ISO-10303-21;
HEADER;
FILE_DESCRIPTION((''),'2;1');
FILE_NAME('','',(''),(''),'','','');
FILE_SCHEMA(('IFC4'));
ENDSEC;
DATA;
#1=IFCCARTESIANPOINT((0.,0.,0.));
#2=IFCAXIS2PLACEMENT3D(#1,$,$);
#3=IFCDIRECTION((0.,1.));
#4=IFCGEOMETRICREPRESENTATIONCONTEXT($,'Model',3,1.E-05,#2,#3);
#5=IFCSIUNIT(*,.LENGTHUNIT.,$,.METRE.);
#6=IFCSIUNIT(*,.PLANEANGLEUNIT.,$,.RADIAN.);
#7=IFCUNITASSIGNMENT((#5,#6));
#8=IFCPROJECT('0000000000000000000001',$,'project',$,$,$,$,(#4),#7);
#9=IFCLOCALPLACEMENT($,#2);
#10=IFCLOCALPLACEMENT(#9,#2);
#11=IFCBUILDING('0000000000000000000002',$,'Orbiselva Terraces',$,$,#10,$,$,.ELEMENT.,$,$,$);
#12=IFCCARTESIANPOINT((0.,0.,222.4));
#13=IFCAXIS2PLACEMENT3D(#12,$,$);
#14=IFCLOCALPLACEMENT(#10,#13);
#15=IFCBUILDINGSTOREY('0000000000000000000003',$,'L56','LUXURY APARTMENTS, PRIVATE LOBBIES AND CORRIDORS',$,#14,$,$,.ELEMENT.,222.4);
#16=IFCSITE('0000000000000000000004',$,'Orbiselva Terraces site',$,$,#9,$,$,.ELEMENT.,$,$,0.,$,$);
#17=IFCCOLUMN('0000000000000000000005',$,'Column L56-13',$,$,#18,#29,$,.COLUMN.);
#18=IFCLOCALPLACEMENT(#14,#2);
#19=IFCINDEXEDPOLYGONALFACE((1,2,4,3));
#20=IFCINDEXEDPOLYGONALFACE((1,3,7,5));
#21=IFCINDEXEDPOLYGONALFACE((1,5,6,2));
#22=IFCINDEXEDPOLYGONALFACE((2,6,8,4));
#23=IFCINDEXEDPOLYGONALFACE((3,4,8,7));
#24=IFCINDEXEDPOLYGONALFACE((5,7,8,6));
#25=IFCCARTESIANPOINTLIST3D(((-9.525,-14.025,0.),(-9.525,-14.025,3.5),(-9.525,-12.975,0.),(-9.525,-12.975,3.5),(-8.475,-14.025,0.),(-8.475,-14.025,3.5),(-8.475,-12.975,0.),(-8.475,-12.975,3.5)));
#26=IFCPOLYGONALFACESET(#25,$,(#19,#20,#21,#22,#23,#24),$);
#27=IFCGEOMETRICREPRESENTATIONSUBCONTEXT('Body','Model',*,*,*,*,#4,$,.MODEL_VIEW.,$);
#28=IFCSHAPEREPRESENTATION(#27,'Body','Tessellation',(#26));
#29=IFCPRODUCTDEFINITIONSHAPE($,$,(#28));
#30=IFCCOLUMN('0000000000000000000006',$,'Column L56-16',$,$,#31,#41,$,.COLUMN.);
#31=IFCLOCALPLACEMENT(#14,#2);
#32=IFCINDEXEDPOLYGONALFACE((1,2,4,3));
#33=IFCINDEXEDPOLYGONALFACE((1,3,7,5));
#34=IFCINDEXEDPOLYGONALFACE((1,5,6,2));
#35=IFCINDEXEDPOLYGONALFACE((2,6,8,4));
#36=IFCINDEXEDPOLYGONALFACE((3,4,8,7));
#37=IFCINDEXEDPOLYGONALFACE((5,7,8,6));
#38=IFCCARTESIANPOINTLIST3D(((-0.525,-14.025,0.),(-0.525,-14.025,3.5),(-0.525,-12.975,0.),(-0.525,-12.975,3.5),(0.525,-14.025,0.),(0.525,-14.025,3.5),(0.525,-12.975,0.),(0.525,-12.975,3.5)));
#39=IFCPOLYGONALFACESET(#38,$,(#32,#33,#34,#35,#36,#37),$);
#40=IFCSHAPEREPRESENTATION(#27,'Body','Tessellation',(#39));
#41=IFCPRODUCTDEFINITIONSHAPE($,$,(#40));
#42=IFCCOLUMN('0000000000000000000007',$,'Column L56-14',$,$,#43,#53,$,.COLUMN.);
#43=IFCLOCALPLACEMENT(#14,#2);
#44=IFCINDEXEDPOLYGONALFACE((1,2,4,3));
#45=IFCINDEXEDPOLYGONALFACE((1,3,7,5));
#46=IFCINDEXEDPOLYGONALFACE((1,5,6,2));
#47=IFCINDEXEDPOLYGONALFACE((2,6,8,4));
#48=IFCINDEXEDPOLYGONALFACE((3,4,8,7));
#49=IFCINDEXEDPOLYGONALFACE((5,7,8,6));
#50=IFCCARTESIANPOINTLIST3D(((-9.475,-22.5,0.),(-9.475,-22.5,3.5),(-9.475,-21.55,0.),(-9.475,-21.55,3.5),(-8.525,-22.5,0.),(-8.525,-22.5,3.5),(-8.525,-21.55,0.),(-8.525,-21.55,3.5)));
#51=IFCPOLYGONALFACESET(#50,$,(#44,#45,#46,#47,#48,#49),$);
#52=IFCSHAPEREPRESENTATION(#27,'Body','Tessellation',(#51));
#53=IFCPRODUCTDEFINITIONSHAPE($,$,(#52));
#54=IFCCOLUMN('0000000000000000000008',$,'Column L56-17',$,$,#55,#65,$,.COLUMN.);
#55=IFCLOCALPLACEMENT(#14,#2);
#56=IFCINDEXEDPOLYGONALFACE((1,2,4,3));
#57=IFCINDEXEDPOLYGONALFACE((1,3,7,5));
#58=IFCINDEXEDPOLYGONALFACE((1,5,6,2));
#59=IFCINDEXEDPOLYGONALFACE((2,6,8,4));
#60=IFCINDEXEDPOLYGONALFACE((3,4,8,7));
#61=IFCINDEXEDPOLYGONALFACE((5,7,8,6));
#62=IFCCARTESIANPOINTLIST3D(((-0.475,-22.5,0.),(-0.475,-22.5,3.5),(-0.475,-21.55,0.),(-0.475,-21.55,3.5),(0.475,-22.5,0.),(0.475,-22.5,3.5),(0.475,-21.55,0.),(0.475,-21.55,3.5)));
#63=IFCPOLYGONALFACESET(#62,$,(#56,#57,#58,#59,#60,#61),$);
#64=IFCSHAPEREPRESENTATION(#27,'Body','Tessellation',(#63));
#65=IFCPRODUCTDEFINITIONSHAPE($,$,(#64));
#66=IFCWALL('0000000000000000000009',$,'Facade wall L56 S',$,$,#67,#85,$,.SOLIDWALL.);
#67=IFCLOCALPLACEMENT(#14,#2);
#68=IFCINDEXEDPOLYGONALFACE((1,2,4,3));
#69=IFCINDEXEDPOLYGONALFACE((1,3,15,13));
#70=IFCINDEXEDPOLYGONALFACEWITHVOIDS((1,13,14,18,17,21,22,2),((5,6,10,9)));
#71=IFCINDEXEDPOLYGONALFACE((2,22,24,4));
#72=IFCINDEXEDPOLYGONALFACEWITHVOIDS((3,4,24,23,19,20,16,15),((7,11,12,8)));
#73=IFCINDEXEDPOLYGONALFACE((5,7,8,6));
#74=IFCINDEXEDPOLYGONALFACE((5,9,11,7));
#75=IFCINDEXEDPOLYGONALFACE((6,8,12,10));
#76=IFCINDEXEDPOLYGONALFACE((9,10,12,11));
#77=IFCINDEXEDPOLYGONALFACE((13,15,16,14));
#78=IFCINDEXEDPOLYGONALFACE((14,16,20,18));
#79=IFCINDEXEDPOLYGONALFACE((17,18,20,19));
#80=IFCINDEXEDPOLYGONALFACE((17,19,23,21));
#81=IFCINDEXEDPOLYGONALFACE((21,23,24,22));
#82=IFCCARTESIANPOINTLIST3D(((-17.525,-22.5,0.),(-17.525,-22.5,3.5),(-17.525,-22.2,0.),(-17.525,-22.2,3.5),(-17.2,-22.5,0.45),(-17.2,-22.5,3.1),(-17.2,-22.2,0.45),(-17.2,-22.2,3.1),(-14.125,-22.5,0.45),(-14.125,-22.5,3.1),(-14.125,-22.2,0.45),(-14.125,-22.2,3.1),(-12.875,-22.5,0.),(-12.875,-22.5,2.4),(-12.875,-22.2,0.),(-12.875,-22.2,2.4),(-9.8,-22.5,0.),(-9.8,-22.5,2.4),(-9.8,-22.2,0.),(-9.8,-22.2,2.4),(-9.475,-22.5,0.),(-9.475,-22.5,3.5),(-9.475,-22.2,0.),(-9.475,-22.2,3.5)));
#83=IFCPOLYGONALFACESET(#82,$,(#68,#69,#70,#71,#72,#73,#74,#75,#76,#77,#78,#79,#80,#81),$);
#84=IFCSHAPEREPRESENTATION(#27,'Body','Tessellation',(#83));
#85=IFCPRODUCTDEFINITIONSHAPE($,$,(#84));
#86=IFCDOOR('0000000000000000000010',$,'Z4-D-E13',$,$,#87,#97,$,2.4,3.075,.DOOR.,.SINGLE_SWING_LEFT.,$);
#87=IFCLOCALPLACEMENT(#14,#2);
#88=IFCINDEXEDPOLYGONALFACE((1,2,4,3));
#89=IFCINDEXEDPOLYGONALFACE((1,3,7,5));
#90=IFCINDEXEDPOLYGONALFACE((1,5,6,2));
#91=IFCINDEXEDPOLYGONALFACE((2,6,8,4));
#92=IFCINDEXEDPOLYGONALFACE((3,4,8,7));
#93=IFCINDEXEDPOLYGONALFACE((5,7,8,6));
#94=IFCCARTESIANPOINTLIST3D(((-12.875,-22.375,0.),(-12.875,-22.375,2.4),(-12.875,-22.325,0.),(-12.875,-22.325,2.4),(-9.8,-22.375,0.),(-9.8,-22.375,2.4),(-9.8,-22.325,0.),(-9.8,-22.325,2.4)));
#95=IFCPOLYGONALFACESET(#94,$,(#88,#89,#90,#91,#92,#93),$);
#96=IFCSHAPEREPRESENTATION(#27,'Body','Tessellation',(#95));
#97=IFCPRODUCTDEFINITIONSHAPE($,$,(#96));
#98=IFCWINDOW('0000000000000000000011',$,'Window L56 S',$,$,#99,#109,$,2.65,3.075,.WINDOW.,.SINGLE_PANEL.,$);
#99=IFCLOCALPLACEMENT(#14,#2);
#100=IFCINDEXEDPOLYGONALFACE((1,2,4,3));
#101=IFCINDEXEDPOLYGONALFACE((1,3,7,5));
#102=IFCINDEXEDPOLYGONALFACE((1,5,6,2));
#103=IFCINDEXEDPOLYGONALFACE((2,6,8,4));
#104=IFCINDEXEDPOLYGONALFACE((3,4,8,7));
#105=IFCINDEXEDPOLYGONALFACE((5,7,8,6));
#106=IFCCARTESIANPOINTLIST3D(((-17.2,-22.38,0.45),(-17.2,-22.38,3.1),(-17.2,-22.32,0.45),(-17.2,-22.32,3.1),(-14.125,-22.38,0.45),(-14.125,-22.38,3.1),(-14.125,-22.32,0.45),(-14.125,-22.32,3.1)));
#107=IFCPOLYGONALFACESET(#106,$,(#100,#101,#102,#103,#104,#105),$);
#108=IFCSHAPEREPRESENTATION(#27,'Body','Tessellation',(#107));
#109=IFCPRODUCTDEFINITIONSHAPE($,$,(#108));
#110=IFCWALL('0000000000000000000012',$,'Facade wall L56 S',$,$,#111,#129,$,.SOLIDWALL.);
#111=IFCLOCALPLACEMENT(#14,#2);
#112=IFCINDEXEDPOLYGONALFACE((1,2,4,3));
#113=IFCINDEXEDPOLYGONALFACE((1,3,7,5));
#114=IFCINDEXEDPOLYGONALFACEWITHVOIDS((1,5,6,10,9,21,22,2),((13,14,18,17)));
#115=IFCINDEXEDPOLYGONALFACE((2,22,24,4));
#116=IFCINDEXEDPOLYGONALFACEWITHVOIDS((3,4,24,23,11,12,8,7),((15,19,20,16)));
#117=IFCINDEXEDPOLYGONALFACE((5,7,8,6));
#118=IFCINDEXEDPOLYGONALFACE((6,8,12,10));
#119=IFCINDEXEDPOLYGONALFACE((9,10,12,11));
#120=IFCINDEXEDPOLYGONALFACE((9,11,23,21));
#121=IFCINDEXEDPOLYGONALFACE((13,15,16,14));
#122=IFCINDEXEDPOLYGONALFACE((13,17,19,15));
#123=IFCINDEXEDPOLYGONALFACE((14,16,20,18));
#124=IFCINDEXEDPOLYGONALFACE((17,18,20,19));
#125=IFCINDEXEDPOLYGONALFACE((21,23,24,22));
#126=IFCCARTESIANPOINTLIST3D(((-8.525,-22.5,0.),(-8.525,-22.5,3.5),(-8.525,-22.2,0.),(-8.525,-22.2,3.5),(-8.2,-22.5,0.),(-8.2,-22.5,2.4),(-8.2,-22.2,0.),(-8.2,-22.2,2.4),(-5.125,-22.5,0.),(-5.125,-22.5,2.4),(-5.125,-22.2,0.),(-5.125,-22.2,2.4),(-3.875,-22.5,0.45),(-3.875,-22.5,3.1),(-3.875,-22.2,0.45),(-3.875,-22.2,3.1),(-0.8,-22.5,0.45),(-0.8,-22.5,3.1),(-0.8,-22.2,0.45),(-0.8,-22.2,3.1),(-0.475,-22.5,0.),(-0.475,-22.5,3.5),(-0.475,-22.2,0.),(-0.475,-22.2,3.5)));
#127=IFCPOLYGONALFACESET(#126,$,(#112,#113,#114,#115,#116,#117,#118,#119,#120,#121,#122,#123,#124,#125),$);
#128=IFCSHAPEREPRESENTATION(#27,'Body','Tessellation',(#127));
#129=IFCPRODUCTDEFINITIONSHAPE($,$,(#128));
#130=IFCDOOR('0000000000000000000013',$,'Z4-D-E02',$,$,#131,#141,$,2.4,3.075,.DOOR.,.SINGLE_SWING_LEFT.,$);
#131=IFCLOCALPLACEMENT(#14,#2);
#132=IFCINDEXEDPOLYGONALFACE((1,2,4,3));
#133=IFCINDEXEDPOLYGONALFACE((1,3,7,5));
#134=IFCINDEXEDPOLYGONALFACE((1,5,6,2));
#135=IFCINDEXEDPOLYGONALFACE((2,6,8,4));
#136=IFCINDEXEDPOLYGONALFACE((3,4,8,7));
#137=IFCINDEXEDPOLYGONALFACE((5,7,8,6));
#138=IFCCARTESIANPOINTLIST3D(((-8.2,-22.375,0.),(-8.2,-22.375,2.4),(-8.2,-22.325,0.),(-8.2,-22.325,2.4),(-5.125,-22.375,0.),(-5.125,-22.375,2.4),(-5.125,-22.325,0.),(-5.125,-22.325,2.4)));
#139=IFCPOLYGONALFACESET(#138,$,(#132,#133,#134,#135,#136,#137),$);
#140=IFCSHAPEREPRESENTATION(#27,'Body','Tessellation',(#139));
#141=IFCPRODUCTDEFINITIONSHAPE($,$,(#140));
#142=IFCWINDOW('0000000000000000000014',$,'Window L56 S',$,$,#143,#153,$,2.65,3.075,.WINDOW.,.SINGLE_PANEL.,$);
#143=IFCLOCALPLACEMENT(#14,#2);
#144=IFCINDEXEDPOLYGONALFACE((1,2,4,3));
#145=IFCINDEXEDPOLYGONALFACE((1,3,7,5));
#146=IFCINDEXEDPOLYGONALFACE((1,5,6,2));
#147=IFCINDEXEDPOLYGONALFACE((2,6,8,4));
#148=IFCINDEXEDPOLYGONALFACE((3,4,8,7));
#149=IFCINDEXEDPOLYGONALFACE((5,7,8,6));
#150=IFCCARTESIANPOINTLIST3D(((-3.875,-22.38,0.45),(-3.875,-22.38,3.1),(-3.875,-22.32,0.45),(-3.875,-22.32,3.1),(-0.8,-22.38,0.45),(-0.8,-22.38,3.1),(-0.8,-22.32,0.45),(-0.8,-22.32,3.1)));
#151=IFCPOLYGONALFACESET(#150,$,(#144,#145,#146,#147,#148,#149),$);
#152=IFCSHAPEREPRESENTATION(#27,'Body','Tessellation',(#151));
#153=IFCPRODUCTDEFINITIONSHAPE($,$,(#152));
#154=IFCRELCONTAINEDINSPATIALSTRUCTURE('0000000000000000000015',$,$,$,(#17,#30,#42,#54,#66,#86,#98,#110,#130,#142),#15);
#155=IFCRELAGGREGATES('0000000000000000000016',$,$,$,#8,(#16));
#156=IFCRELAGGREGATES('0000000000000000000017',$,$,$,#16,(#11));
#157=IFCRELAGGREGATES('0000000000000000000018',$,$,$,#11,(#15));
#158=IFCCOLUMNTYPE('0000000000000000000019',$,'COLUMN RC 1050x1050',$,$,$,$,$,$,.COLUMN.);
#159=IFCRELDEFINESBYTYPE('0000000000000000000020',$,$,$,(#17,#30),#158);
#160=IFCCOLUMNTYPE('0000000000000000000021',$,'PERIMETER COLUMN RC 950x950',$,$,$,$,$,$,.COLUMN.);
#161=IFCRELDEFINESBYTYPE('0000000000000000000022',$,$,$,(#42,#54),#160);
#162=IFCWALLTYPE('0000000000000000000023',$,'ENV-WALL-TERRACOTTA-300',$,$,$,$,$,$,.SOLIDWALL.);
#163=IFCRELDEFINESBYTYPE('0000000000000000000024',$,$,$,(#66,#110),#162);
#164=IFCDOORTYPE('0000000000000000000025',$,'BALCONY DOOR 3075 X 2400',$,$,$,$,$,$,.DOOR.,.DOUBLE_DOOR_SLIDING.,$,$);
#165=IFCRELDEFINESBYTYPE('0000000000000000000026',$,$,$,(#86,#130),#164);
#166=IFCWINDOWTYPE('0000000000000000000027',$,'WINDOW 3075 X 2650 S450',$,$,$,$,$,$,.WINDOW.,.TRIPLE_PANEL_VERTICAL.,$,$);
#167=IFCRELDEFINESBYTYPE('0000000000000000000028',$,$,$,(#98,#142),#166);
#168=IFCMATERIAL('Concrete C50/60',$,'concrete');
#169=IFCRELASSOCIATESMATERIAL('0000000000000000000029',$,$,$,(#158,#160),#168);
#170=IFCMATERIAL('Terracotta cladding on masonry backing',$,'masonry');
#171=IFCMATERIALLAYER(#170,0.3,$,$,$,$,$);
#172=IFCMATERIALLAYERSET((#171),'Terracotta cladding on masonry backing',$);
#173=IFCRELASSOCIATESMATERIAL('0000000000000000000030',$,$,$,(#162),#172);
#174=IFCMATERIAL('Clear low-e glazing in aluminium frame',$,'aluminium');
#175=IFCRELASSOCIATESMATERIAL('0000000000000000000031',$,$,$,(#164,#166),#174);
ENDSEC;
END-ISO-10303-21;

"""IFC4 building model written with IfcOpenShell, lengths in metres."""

from ifc_helpers import new_model, si_unit, direction, frame, frame_2d, origin, origin_2d, place, context, subcontext, project, spatial, rectangle, extrude, material, layer, layer_set, material_profile, profile_set, type_object, element, fill, save


model = new_model("IFC4")

# Units and contexts
model_context = context("Model", 3, precision=1e-05, world=origin(), true_north=direction((0.0, 1.0)))
body_context = subcontext(model_context, "Body", "Model", "MODEL_VIEW")
ifc_project = project(units=[si_unit("LENGTHUNIT", "METRE"), si_unit("PLANEANGLEUNIT", "RADIAN")], contexts=[model_context])

# Site, building, storey
site_placement = place(None, origin())
site = spatial("IfcSite", under=ifc_project, at=site_placement, Name="Orbiselva Terraces site", CompositionType="ELEMENT", RefElevation=0.0)
building_placement = place(site_placement, origin())
building = spatial("IfcBuilding", under=site, at=building_placement, Name="Orbiselva Terraces", CompositionType="ELEMENT")
storey_placement = place(building_placement, frame((0.0, 0.0, 222.4)))
storey = spatial("IfcBuildingStorey", under=building, at=storey_placement, Name="L56", Description="LUXURY APARTMENTS, PRIVATE LOBBIES AND CORRIDORS", CompositionType="ELEMENT", Elevation=222.4)

# Columns
ifc_material_1 = material(Name="Concrete C50/60", Category="concrete")
ifc_material_profile_1 = material_profile(ifc_material_1, rectangle(XDim=1.05, YDim=1.05, at=origin_2d()), Name="RC 1050x1050")
ifc_profile_set_1 = profile_set([ifc_material_profile_1], Name="Concrete C50/60")
column_type_1 = type_object("IfcColumnType", Name="COLUMN RC 1050x1050", PredefinedType="COLUMN", material=ifc_profile_set_1)
for number, where, z_axis, x_axis, name in (
    (1, (-9.0, -13.5, 0.0), (0.0, 0.0, 1.0), (1.0, 0.0, 0.0), "Column L56-13"),
    (2, (0.0, -13.5, 0.0), (0.0, 0.0, 1.0), (1.0, 0.0, 0.0), "Column L56-16"),
):
    element("IfcColumn", number, at=place(storey_placement, frame(where, z_axis=z_axis, x_axis=x_axis)), inside=storey, type_object=column_type_1, Name=name, PredefinedType="COLUMN", context=body_context, shape_type="SweptSolid", body=[
        extrude(rectangle(XDim=1.05, YDim=1.05, at=origin_2d()), origin(), (0.0, 0.0, 1.0), 3.5),
    ])
ifc_material_profile_2 = material_profile(ifc_material_1, rectangle(XDim=0.95, YDim=0.95, at=origin_2d()), Name="RC 950x950")
ifc_profile_set_2 = profile_set([ifc_material_profile_2], Name="Concrete C50/60")
column_type_2 = type_object("IfcColumnType", Name="PERIMETER COLUMN RC 950x950", PredefinedType="COLUMN", material=ifc_profile_set_2)
for number, where, z_axis, x_axis, name in (
    (3, (-9.0, -22.025, 0.0), (0.0, 0.0, 1.0), (1.0, 0.0, 0.0), "Column L56-14"),
    (4, (0.0, -22.025, 0.0), (0.0, 0.0, 1.0), (1.0, 0.0, 0.0), "Column L56-17"),
):
    element("IfcColumn", number, at=place(storey_placement, frame(where, z_axis=z_axis, x_axis=x_axis)), inside=storey, type_object=column_type_2, Name=name, PredefinedType="COLUMN", context=body_context, shape_type="SweptSolid", body=[
        extrude(rectangle(XDim=0.95, YDim=0.95, at=origin_2d()), origin(), (0.0, 0.0, 1.0), 3.5),
    ])

# Walls, openings, doors, windows
ifc_material_2 = material(Name="Terracotta cladding on masonry backing", Category="masonry")
ifc_layer_1 = layer(ifc_material_2, 0.3)
ifc_layer_set_1 = layer_set([ifc_layer_1], Name="Terracotta cladding on masonry backing")
wall_type_1 = type_object("IfcWallType", Name="ENV-WALL-TERRACOTTA-300", PredefinedType="SOLIDWALL", material=ifc_layer_set_1)
wall_1_placement = place(storey_placement, frame((-9.475, -22.35, 0.0), z_axis=(0.0, 0.0, 1.0), x_axis=(-1.0, 0.0, 0.0)))
wall_1 = element("IfcWall", 5, at=wall_1_placement, inside=storey, type_object=wall_type_1, Name="Facade wall L56 S", PredefinedType="SOLIDWALL", context=body_context, shape_type="SweptSolid", body=[
    extrude(rectangle(XDim=8.05, YDim=0.3, at=frame_2d((4.025, 0.0))), origin(), (0.0, 0.0, 1.0), 3.5),
])
opening_1_placement = place(wall_1_placement, frame((4.65, 0.0, 0.45)))
opening_1 = element("IfcOpeningElement", 6, at=opening_1_placement, cuts=wall_1, PredefinedType="OPENING", context=body_context, shape_type="SweptSolid", body=[
    extrude(rectangle(XDim=3.075, YDim=2.65, at=frame_2d((1.5375, 1.325))), frame((0.0, 0.16, 0.0), z_axis=(0.0, -1.0, 0.0), x_axis=(1.0, 0.0, 0.0)), (0.0, 0.0, 1.0), 0.32),
])
opening_2_placement = place(wall_1_placement, frame((0.325, 0.0, 0.0)))
opening_2 = element("IfcOpeningElement", 7, at=opening_2_placement, cuts=wall_1, PredefinedType="OPENING", context=body_context, shape_type="SweptSolid", body=[
    extrude(rectangle(XDim=3.075, YDim=2.4, at=frame_2d((1.5375, 1.2))), frame((0.0, 0.16, 0.0), z_axis=(0.0, -1.0, 0.0), x_axis=(1.0, 0.0, 0.0)), (0.0, 0.0, 1.0), 0.32),
])
ifc_material_3 = material(Name="Clear low-e glazing in aluminium frame", Category="aluminium")
door_type_1 = type_object("IfcDoorType", Name="BALCONY DOOR 3075 X 2400", OperationType="DOUBLE_DOOR_SLIDING", PredefinedType="DOOR", material=ifc_material_3)
door_1_placement = place(opening_2_placement, origin())
door_1 = element("IfcDoor", 8, at=door_1_placement, inside=storey, type_object=door_type_1, Name="Z4-D-E13", OperationType="SINGLE_SWING_LEFT", OverallHeight=2.4, OverallWidth=3.075, PredefinedType="DOOR", context=body_context, shape_type="SweptSolid", body=[
    extrude(rectangle(XDim=3.075, YDim=2.4, at=frame_2d((1.5375, 1.2))), frame((0.0, 0.025, 0.0), z_axis=(0.0, -1.0, 0.0), x_axis=(1.0, 0.0, 0.0)), (0.0, 0.0, 1.0), 0.05),
])
fill(opening_2, door_1)
window_type = type_object("IfcWindowType", Name="WINDOW 3075 X 2650 S450", PartitioningType="TRIPLE_PANEL_VERTICAL", PredefinedType="WINDOW", material=ifc_material_3)
window_1_placement = place(opening_1_placement, origin())
window_1 = element("IfcWindow", 9, at=window_1_placement, inside=storey, type_object=window_type, Name="Window L56 S", OverallHeight=2.65, OverallWidth=3.075, PartitioningType="SINGLE_PANEL", PredefinedType="WINDOW", context=body_context, shape_type="SweptSolid", body=[
    extrude(rectangle(XDim=3.075, YDim=2.65, at=frame_2d((1.5375, 1.325))), frame((0.0, 0.03, 0.0), z_axis=(0.0, -1.0, 0.0), x_axis=(1.0, 0.0, 0.0)), (0.0, 0.0, 1.0), 0.06),
])
fill(opening_1, window_1)
wall_2_placement = place(storey_placement, frame((-0.475, -22.35, 0.0), z_axis=(0.0, 0.0, 1.0), x_axis=(-1.0, 0.0, 0.0)))
wall_2 = element("IfcWall", 10, at=wall_2_placement, inside=storey, type_object=wall_type_1, Name="Facade wall L56 S", PredefinedType="SOLIDWALL", context=body_context, shape_type="SweptSolid", body=[
    extrude(rectangle(XDim=8.05, YDim=0.3, at=frame_2d((4.025, 0.0))), origin(), (0.0, 0.0, 1.0), 3.5),
])
opening_3_placement = place(wall_2_placement, frame((4.65, 0.0, 0.0)))
opening_3 = element("IfcOpeningElement", 11, at=opening_3_placement, cuts=wall_2, PredefinedType="OPENING", context=body_context, shape_type="SweptSolid", body=[
    extrude(rectangle(XDim=3.075, YDim=2.4, at=frame_2d((1.5375, 1.2))), frame((0.0, 0.16, 0.0), z_axis=(0.0, -1.0, 0.0), x_axis=(1.0, 0.0, 0.0)), (0.0, 0.0, 1.0), 0.32),
])
opening_4_placement = place(wall_2_placement, frame((0.325, 0.0, 0.45)))
opening_4 = element("IfcOpeningElement", 12, at=opening_4_placement, cuts=wall_2, PredefinedType="OPENING", context=body_context, shape_type="SweptSolid", body=[
    extrude(rectangle(XDim=3.075, YDim=2.65, at=frame_2d((1.5375, 1.325))), frame((0.0, 0.16, 0.0), z_axis=(0.0, -1.0, 0.0), x_axis=(1.0, 0.0, 0.0)), (0.0, 0.0, 1.0), 0.32),
])
door_2_placement = place(opening_3_placement, origin())
door_2 = element("IfcDoor", 13, at=door_2_placement, inside=storey, type_object=door_type_1, Name="Z4-D-E02", OperationType="SINGLE_SWING_LEFT", OverallHeight=2.4, OverallWidth=3.075, PredefinedType="DOOR", context=body_context, shape_type="SweptSolid", body=[
    extrude(rectangle(XDim=3.075, YDim=2.4, at=frame_2d((1.5375, 1.2))), frame((0.0, 0.025, 0.0), z_axis=(0.0, -1.0, 0.0), x_axis=(1.0, 0.0, 0.0)), (0.0, 0.0, 1.0), 0.05),
])
fill(opening_3, door_2)
window_2_placement = place(opening_4_placement, origin())
window_2 = element("IfcWindow", 14, at=window_2_placement, inside=storey, type_object=window_type, Name="Window L56 S", OverallHeight=2.65, OverallWidth=3.075, PartitioningType="SINGLE_PANEL", PredefinedType="WINDOW", context=body_context, shape_type="SweptSolid", body=[
    extrude(rectangle(XDim=3.075, YDim=2.65, at=frame_2d((1.5375, 1.325))), frame((0.0, 0.03, 0.0), z_axis=(0.0, -1.0, 0.0), x_axis=(1.0, 0.0, 0.0)), (0.0, 0.0, 1.0), 0.06),
])
fill(opening_4, window_2)

save(model, "model.ifc")
